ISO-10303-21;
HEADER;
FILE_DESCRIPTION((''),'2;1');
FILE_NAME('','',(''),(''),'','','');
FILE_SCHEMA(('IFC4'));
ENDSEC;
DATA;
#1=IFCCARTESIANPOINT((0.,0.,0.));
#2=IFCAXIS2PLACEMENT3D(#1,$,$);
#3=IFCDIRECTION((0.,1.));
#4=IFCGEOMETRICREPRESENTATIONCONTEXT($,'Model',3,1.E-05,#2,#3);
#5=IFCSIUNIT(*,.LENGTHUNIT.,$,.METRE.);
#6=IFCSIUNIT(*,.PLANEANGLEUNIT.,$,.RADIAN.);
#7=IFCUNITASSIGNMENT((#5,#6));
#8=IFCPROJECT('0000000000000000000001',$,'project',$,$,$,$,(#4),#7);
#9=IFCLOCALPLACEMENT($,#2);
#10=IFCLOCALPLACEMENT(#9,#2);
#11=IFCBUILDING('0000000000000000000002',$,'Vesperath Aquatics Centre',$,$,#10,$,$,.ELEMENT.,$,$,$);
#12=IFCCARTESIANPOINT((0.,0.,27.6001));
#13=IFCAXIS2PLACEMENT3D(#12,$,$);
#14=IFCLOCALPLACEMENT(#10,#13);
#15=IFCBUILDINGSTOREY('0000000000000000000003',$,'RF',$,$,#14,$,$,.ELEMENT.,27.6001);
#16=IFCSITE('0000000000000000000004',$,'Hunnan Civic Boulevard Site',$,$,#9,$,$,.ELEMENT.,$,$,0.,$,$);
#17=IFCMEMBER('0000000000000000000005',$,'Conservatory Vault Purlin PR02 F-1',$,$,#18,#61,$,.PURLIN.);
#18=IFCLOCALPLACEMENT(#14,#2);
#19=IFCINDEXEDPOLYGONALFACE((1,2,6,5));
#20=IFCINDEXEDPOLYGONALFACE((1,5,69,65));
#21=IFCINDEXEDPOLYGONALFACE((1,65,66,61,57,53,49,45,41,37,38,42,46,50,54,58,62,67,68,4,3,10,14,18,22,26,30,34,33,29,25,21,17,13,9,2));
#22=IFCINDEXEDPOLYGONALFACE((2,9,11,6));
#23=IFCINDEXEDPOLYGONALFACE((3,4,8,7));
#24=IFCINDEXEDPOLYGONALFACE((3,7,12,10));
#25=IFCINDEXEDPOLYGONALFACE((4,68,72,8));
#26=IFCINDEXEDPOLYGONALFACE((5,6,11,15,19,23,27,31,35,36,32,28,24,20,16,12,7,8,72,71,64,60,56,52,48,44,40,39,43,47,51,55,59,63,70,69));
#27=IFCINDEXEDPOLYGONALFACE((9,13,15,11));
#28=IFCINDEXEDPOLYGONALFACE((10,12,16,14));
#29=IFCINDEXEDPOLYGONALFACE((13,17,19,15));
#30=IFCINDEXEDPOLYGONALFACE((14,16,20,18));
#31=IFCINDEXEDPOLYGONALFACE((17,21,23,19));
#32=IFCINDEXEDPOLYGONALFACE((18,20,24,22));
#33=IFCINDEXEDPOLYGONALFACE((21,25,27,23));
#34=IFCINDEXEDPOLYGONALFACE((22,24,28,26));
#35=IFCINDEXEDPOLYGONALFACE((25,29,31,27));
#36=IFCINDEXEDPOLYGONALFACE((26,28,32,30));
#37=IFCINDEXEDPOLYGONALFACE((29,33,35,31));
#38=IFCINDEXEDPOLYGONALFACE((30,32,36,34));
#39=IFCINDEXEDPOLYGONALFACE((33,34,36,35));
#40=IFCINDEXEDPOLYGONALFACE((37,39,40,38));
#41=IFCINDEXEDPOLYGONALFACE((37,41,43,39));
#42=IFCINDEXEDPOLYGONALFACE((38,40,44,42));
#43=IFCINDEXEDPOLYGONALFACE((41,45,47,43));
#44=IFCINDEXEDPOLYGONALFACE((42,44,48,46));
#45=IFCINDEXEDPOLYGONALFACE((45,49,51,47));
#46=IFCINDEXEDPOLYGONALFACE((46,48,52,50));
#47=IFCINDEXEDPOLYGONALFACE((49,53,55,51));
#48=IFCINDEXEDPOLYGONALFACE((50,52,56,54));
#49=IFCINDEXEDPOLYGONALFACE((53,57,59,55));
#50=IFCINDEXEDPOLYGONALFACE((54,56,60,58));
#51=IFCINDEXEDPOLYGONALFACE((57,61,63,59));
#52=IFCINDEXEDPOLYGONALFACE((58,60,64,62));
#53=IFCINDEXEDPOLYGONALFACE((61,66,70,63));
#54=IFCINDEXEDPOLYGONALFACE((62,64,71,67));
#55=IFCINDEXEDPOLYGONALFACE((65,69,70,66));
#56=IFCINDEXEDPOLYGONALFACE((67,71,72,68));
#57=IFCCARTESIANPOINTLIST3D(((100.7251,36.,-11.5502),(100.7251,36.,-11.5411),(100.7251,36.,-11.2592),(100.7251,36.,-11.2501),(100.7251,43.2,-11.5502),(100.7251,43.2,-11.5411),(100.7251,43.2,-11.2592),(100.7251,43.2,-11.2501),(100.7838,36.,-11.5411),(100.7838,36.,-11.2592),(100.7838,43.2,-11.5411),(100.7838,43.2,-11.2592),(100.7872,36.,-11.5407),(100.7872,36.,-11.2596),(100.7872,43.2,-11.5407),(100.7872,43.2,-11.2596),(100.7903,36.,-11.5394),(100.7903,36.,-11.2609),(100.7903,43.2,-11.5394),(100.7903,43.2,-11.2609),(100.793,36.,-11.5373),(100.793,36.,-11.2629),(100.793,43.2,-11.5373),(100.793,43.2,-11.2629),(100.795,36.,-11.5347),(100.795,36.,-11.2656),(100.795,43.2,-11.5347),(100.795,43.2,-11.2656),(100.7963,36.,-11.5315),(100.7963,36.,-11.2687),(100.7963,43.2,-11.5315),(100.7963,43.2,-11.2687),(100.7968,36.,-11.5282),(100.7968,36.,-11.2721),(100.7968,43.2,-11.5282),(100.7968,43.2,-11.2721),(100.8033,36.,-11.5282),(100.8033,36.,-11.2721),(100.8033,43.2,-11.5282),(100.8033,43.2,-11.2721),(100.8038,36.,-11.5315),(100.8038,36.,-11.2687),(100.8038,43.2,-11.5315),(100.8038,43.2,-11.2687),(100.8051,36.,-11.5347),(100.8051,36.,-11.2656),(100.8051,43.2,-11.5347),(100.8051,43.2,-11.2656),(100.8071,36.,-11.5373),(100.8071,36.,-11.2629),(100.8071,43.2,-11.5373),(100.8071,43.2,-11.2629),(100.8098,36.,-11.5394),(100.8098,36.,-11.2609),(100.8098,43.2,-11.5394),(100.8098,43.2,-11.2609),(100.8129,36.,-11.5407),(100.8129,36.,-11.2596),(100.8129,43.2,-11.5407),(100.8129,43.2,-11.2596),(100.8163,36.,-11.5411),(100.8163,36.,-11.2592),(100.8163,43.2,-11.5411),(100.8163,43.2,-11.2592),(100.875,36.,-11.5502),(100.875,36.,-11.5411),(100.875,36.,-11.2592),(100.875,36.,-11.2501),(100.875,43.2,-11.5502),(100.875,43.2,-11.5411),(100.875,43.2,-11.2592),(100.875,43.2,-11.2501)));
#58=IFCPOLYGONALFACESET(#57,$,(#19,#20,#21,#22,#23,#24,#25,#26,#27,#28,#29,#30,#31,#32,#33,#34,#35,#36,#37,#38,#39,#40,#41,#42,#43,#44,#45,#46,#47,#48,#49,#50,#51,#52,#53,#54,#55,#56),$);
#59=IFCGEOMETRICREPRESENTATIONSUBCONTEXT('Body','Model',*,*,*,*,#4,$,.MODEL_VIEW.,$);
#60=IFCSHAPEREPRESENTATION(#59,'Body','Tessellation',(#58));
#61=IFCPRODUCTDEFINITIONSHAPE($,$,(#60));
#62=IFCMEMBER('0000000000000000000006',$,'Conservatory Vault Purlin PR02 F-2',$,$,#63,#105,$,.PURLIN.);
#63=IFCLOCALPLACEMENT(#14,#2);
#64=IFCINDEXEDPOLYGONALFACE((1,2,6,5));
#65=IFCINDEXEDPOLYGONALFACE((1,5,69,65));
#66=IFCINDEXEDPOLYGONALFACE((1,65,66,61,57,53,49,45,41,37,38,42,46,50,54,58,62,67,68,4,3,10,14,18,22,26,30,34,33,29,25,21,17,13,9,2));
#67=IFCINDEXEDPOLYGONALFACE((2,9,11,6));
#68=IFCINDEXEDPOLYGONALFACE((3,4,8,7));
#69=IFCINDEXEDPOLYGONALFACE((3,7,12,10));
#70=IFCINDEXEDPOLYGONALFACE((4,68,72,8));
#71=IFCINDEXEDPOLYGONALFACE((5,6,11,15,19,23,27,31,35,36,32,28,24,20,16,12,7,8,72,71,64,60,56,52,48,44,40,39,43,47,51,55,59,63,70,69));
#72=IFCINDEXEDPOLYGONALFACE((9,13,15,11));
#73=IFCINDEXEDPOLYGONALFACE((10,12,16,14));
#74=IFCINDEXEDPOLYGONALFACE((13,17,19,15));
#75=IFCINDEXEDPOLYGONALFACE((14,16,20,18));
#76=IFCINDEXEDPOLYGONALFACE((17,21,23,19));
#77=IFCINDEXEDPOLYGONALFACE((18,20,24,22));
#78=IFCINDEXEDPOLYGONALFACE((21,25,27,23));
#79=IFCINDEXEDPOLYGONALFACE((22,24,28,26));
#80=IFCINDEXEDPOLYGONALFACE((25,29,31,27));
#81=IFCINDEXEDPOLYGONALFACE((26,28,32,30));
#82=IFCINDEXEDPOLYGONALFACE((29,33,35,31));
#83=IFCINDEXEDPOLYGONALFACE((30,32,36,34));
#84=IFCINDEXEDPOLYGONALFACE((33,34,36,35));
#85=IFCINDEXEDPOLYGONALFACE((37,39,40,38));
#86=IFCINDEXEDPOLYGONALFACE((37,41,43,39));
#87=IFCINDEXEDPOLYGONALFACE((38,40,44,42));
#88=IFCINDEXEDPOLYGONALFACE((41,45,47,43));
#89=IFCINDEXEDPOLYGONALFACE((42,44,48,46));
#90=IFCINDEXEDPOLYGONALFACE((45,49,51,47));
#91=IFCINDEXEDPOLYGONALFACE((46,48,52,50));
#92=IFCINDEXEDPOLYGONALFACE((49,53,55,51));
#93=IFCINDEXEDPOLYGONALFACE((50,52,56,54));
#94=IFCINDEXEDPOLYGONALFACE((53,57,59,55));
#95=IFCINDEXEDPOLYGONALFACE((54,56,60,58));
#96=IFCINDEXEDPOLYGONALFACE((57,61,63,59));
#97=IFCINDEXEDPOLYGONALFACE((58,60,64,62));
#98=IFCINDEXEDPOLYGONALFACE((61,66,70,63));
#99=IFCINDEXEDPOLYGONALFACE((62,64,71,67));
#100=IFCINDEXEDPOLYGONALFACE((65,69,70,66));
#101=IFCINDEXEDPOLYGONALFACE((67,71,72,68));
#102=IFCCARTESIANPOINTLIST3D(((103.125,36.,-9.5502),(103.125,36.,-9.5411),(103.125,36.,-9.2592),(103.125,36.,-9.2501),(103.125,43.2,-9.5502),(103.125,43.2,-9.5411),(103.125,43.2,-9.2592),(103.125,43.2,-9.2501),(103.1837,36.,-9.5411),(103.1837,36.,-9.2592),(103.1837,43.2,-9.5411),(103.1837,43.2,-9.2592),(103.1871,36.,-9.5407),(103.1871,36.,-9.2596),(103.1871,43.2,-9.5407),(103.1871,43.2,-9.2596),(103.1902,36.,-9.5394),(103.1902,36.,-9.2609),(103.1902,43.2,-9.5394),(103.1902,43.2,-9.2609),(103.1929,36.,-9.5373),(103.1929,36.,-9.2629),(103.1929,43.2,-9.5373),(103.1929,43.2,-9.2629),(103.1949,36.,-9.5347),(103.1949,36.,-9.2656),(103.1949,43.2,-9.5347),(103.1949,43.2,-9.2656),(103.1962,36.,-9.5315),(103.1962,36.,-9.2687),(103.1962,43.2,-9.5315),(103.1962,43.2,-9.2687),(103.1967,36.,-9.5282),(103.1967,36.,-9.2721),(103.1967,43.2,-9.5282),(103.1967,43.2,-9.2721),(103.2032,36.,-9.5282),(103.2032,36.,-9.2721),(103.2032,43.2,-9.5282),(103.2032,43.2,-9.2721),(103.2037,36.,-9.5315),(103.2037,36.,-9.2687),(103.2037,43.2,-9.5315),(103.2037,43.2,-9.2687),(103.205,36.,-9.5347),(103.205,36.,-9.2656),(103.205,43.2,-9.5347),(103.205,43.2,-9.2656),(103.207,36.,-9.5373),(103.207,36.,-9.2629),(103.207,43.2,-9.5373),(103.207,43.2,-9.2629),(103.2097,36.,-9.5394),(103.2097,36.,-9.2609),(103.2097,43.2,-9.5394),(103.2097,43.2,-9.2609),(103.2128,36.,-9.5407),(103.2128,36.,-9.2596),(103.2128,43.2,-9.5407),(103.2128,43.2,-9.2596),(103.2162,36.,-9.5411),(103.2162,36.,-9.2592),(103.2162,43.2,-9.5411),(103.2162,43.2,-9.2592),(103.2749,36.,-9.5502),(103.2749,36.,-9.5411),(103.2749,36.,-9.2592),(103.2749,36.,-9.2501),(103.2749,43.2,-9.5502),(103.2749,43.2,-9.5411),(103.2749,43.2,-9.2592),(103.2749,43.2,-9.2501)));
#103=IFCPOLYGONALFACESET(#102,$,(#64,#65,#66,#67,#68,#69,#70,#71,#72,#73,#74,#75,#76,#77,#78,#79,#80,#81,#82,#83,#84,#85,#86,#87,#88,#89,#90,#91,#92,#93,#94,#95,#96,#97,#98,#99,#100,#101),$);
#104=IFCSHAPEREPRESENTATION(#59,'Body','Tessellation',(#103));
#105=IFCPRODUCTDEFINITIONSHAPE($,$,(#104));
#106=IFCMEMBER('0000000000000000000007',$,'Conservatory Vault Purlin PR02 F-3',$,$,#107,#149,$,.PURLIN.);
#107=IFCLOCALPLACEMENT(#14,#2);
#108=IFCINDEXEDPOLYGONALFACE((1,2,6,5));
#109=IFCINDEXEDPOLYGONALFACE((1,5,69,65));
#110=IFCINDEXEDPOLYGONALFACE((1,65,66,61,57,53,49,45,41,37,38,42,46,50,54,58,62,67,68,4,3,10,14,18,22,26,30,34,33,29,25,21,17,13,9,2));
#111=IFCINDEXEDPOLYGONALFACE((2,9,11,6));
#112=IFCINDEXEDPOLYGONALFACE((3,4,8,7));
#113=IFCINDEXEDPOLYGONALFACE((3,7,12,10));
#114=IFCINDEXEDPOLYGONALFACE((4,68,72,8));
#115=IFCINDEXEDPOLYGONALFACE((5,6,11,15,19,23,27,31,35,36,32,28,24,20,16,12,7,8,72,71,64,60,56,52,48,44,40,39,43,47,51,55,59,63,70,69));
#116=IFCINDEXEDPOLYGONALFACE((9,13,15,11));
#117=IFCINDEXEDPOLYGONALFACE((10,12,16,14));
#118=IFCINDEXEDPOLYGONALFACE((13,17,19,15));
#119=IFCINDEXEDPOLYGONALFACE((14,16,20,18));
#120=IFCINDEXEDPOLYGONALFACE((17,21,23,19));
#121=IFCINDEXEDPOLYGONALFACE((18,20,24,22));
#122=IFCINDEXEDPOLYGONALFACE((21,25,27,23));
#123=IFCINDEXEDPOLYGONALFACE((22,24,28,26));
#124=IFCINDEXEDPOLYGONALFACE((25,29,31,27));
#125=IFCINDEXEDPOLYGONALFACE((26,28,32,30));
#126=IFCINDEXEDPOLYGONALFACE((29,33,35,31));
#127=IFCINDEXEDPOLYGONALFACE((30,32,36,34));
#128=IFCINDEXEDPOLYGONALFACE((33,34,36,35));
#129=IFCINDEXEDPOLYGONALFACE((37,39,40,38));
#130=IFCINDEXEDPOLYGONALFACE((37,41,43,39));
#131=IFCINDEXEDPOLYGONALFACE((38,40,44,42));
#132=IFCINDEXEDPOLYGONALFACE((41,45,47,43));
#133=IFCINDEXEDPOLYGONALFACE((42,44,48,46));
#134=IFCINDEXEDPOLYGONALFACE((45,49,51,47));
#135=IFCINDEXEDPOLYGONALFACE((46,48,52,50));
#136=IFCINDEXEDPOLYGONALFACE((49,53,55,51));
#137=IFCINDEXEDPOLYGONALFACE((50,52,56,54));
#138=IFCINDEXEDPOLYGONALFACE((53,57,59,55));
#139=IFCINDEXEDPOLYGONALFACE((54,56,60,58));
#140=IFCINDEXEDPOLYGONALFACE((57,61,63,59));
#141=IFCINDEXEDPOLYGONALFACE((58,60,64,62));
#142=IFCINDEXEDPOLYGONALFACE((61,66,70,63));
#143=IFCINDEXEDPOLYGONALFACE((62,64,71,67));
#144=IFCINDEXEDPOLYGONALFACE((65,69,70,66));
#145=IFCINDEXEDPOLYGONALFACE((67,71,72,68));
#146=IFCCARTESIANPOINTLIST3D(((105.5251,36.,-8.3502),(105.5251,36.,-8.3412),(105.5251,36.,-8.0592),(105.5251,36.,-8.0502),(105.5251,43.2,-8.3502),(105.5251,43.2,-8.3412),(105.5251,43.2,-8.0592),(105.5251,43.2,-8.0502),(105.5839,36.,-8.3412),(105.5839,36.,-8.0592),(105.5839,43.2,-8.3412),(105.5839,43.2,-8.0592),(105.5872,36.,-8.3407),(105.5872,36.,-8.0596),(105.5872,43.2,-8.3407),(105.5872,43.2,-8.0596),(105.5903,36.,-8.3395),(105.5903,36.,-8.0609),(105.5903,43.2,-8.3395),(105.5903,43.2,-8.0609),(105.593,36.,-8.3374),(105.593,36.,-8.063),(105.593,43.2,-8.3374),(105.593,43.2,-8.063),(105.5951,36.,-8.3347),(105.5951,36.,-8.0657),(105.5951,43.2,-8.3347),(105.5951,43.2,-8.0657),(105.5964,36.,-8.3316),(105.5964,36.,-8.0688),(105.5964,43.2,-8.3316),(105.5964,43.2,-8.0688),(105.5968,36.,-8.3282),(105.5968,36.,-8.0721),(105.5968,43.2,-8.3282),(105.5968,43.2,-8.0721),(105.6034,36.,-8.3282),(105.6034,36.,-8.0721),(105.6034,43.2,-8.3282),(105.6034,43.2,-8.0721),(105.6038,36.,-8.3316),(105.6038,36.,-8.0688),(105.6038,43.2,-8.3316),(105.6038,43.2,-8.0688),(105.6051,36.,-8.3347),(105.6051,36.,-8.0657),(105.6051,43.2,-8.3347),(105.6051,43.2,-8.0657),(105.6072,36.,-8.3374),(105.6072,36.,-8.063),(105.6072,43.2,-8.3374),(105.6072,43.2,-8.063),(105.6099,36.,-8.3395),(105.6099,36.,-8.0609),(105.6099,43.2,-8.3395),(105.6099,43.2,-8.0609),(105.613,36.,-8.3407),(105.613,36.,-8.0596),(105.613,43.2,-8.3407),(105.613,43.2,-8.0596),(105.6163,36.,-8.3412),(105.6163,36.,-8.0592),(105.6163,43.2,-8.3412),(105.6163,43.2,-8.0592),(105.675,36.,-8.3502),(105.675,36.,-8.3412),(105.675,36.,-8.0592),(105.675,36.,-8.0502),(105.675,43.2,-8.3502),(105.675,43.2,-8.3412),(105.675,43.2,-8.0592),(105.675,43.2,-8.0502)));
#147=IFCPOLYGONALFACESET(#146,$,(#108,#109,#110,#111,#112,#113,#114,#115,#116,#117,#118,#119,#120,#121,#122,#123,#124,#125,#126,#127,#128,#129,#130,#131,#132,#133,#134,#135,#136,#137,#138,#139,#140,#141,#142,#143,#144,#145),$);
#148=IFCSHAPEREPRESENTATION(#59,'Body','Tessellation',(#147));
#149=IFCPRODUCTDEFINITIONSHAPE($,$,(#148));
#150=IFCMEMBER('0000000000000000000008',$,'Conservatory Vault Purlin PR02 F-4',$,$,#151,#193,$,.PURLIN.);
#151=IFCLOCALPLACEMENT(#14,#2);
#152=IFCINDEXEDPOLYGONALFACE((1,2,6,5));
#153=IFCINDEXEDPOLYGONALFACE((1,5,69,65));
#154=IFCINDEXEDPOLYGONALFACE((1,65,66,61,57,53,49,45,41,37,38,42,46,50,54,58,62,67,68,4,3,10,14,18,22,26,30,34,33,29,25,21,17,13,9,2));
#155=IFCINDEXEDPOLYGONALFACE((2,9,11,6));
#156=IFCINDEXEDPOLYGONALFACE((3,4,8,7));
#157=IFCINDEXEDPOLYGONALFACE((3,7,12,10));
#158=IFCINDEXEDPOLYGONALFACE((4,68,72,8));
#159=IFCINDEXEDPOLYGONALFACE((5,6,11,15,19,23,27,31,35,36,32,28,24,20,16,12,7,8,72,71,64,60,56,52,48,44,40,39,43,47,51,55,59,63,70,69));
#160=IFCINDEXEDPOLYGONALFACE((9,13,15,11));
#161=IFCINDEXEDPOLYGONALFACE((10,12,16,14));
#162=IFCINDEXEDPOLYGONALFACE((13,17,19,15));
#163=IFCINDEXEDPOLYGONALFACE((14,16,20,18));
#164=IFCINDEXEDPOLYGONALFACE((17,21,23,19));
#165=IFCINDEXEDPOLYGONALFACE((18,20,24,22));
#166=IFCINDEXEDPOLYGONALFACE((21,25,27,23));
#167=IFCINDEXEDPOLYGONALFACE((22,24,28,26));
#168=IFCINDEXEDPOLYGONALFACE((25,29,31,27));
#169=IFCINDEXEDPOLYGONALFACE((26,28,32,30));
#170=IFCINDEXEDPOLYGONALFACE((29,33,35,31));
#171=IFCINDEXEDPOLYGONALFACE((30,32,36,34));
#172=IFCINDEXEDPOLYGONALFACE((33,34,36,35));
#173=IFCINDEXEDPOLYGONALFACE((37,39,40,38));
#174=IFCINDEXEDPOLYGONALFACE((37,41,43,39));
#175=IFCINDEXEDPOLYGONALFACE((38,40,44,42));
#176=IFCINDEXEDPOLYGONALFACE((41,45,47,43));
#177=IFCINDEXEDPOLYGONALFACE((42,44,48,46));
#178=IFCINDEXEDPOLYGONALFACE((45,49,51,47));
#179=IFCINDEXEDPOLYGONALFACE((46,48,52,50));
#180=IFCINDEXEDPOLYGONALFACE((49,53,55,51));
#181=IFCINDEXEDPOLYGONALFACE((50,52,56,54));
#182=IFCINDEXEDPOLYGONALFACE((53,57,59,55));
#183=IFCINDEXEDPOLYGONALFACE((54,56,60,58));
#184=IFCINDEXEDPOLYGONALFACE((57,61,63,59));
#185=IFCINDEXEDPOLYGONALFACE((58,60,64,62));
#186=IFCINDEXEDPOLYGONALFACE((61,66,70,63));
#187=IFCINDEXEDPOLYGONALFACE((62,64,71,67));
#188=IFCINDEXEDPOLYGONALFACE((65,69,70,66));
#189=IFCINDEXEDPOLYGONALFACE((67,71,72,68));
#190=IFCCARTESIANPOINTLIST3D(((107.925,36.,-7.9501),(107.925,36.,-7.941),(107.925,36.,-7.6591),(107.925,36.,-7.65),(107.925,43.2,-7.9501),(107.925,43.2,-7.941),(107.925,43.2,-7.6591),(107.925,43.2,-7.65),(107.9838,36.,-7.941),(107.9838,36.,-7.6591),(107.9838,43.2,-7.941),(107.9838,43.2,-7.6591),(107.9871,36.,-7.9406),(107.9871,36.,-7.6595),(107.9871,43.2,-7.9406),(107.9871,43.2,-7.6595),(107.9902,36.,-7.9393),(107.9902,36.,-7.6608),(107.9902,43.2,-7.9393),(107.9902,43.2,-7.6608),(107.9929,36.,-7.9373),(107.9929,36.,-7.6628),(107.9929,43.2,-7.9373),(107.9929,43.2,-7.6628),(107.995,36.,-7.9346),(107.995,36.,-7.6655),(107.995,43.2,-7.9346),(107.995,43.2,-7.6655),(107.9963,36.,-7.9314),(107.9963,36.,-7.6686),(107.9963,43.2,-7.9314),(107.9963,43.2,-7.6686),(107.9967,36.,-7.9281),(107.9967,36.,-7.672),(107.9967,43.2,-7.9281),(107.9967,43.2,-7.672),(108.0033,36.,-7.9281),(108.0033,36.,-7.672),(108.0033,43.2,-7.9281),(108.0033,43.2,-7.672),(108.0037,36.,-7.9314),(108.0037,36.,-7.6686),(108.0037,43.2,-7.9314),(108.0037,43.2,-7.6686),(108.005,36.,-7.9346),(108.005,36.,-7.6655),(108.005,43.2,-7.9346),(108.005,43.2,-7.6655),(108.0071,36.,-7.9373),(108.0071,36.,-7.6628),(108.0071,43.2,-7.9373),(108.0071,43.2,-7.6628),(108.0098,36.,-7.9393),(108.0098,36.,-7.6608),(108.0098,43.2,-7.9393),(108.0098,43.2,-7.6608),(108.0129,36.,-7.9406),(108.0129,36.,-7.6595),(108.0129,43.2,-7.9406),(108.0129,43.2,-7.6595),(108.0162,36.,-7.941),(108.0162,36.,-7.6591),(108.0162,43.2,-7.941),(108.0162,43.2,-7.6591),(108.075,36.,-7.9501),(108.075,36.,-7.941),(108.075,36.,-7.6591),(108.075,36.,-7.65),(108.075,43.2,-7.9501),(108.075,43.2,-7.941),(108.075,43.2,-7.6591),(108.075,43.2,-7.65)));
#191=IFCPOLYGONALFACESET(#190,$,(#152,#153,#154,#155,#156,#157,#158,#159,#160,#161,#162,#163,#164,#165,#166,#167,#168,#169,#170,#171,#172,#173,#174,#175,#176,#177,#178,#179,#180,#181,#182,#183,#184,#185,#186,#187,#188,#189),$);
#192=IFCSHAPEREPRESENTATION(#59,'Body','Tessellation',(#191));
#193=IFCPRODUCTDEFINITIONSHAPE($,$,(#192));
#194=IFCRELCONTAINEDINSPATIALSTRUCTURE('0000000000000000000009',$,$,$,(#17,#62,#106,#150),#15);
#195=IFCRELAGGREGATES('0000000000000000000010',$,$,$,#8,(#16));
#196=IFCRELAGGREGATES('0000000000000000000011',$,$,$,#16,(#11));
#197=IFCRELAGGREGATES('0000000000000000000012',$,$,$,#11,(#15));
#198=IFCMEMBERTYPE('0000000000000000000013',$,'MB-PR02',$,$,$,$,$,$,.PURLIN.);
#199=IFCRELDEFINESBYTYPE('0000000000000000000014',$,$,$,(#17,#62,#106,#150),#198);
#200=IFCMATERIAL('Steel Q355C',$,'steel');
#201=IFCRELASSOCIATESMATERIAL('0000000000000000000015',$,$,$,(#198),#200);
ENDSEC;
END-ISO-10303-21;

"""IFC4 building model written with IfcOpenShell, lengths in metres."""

from ifc_helpers import new_model, si_unit, direction, frame, origin, origin_2d, place, context, subcontext, project, spatial, i_section, extrude, material, material_profile, profile_set, type_object, element, save


model = new_model("IFC4")

# Units and contexts
model_context = context("Model", 3, precision=1e-05, world=origin(), true_north=direction((0.0, 1.0)))
body_context = subcontext(model_context, "Body", "Model", "MODEL_VIEW")
ifc_project = project(units=[si_unit("LENGTHUNIT", "METRE"), si_unit("PLANEANGLEUNIT", "RADIAN")], contexts=[model_context])

# Site, building, storey
site_placement = place(None, origin())
site = spatial("IfcSite", under=ifc_project, at=site_placement, Name="Hunnan Civic Boulevard Site", CompositionType="ELEMENT", RefElevation=0.0)
building_placement = place(site_placement, origin())
building = spatial("IfcBuilding", under=site, at=building_placement, Name="Vesperath Aquatics Centre", CompositionType="ELEMENT")
storey_placement = place(building_placement, frame((0.0, 0.0, 27.6001)))
storey = spatial("IfcBuildingStorey", under=building, at=storey_placement, Name="RF", CompositionType="ELEMENT", Elevation=27.6001)

# Members
ifc_material_1 = material(Name="Steel Q355C", Category="steel")
ifc_material_profile_1 = material_profile(ifc_material_1, i_section(OverallWidth=0.1499, OverallDepth=0.3, WebThickness=0.0066, FlangeThickness=0.009, FilletRadius=0.0129, at=origin_2d()), Name="HN 300x150x6.5x9")
ifc_profile_set_1 = profile_set([ifc_material_profile_1], Name="Steel Q355C")
member_type_1 = type_object("IfcMemberType", Name="MB-PR02", PredefinedType="PURLIN", material=ifc_profile_set_1)
for number, where, z_axis, x_axis, name in (
    (1, (100.8, 36.0, -11.4001), (0.0, 1.0, 0.0), (-1.0, 0.0, 0.0), "Conservatory Vault Purlin PR02 F-1"),
    (2, (103.2, 36.0, -9.4001), (0.0, 1.0, 0.0), (-1.0, 0.0, 0.0), "Conservatory Vault Purlin PR02 F-2"),
    (3, (105.6001, 36.0, -8.2002), (0.0, 1.0, 0.0), (-1.0, 0.0, 0.0), "Conservatory Vault Purlin PR02 F-3"),
    (4, (108.0, 36.0, -7.8), (0.0, 1.0, 0.0), (-1.0, 0.0, 0.0), "Conservatory Vault Purlin PR02 F-4"),
):
    element("IfcMember", number, at=place(storey_placement, frame(where, z_axis=z_axis, x_axis=x_axis)), inside=storey, type_object=member_type_1, Name=name, PredefinedType="PURLIN", context=body_context, shape_type="SweptSolid", body=[
        extrude(i_section(OverallWidth=0.1499, OverallDepth=0.3, WebThickness=0.0066, FlangeThickness=0.009, FilletRadius=0.0129, at=origin_2d()), origin(), (0.0, 0.0, 1.0), 7.2),
    ])

save(model, "model.ifc")
